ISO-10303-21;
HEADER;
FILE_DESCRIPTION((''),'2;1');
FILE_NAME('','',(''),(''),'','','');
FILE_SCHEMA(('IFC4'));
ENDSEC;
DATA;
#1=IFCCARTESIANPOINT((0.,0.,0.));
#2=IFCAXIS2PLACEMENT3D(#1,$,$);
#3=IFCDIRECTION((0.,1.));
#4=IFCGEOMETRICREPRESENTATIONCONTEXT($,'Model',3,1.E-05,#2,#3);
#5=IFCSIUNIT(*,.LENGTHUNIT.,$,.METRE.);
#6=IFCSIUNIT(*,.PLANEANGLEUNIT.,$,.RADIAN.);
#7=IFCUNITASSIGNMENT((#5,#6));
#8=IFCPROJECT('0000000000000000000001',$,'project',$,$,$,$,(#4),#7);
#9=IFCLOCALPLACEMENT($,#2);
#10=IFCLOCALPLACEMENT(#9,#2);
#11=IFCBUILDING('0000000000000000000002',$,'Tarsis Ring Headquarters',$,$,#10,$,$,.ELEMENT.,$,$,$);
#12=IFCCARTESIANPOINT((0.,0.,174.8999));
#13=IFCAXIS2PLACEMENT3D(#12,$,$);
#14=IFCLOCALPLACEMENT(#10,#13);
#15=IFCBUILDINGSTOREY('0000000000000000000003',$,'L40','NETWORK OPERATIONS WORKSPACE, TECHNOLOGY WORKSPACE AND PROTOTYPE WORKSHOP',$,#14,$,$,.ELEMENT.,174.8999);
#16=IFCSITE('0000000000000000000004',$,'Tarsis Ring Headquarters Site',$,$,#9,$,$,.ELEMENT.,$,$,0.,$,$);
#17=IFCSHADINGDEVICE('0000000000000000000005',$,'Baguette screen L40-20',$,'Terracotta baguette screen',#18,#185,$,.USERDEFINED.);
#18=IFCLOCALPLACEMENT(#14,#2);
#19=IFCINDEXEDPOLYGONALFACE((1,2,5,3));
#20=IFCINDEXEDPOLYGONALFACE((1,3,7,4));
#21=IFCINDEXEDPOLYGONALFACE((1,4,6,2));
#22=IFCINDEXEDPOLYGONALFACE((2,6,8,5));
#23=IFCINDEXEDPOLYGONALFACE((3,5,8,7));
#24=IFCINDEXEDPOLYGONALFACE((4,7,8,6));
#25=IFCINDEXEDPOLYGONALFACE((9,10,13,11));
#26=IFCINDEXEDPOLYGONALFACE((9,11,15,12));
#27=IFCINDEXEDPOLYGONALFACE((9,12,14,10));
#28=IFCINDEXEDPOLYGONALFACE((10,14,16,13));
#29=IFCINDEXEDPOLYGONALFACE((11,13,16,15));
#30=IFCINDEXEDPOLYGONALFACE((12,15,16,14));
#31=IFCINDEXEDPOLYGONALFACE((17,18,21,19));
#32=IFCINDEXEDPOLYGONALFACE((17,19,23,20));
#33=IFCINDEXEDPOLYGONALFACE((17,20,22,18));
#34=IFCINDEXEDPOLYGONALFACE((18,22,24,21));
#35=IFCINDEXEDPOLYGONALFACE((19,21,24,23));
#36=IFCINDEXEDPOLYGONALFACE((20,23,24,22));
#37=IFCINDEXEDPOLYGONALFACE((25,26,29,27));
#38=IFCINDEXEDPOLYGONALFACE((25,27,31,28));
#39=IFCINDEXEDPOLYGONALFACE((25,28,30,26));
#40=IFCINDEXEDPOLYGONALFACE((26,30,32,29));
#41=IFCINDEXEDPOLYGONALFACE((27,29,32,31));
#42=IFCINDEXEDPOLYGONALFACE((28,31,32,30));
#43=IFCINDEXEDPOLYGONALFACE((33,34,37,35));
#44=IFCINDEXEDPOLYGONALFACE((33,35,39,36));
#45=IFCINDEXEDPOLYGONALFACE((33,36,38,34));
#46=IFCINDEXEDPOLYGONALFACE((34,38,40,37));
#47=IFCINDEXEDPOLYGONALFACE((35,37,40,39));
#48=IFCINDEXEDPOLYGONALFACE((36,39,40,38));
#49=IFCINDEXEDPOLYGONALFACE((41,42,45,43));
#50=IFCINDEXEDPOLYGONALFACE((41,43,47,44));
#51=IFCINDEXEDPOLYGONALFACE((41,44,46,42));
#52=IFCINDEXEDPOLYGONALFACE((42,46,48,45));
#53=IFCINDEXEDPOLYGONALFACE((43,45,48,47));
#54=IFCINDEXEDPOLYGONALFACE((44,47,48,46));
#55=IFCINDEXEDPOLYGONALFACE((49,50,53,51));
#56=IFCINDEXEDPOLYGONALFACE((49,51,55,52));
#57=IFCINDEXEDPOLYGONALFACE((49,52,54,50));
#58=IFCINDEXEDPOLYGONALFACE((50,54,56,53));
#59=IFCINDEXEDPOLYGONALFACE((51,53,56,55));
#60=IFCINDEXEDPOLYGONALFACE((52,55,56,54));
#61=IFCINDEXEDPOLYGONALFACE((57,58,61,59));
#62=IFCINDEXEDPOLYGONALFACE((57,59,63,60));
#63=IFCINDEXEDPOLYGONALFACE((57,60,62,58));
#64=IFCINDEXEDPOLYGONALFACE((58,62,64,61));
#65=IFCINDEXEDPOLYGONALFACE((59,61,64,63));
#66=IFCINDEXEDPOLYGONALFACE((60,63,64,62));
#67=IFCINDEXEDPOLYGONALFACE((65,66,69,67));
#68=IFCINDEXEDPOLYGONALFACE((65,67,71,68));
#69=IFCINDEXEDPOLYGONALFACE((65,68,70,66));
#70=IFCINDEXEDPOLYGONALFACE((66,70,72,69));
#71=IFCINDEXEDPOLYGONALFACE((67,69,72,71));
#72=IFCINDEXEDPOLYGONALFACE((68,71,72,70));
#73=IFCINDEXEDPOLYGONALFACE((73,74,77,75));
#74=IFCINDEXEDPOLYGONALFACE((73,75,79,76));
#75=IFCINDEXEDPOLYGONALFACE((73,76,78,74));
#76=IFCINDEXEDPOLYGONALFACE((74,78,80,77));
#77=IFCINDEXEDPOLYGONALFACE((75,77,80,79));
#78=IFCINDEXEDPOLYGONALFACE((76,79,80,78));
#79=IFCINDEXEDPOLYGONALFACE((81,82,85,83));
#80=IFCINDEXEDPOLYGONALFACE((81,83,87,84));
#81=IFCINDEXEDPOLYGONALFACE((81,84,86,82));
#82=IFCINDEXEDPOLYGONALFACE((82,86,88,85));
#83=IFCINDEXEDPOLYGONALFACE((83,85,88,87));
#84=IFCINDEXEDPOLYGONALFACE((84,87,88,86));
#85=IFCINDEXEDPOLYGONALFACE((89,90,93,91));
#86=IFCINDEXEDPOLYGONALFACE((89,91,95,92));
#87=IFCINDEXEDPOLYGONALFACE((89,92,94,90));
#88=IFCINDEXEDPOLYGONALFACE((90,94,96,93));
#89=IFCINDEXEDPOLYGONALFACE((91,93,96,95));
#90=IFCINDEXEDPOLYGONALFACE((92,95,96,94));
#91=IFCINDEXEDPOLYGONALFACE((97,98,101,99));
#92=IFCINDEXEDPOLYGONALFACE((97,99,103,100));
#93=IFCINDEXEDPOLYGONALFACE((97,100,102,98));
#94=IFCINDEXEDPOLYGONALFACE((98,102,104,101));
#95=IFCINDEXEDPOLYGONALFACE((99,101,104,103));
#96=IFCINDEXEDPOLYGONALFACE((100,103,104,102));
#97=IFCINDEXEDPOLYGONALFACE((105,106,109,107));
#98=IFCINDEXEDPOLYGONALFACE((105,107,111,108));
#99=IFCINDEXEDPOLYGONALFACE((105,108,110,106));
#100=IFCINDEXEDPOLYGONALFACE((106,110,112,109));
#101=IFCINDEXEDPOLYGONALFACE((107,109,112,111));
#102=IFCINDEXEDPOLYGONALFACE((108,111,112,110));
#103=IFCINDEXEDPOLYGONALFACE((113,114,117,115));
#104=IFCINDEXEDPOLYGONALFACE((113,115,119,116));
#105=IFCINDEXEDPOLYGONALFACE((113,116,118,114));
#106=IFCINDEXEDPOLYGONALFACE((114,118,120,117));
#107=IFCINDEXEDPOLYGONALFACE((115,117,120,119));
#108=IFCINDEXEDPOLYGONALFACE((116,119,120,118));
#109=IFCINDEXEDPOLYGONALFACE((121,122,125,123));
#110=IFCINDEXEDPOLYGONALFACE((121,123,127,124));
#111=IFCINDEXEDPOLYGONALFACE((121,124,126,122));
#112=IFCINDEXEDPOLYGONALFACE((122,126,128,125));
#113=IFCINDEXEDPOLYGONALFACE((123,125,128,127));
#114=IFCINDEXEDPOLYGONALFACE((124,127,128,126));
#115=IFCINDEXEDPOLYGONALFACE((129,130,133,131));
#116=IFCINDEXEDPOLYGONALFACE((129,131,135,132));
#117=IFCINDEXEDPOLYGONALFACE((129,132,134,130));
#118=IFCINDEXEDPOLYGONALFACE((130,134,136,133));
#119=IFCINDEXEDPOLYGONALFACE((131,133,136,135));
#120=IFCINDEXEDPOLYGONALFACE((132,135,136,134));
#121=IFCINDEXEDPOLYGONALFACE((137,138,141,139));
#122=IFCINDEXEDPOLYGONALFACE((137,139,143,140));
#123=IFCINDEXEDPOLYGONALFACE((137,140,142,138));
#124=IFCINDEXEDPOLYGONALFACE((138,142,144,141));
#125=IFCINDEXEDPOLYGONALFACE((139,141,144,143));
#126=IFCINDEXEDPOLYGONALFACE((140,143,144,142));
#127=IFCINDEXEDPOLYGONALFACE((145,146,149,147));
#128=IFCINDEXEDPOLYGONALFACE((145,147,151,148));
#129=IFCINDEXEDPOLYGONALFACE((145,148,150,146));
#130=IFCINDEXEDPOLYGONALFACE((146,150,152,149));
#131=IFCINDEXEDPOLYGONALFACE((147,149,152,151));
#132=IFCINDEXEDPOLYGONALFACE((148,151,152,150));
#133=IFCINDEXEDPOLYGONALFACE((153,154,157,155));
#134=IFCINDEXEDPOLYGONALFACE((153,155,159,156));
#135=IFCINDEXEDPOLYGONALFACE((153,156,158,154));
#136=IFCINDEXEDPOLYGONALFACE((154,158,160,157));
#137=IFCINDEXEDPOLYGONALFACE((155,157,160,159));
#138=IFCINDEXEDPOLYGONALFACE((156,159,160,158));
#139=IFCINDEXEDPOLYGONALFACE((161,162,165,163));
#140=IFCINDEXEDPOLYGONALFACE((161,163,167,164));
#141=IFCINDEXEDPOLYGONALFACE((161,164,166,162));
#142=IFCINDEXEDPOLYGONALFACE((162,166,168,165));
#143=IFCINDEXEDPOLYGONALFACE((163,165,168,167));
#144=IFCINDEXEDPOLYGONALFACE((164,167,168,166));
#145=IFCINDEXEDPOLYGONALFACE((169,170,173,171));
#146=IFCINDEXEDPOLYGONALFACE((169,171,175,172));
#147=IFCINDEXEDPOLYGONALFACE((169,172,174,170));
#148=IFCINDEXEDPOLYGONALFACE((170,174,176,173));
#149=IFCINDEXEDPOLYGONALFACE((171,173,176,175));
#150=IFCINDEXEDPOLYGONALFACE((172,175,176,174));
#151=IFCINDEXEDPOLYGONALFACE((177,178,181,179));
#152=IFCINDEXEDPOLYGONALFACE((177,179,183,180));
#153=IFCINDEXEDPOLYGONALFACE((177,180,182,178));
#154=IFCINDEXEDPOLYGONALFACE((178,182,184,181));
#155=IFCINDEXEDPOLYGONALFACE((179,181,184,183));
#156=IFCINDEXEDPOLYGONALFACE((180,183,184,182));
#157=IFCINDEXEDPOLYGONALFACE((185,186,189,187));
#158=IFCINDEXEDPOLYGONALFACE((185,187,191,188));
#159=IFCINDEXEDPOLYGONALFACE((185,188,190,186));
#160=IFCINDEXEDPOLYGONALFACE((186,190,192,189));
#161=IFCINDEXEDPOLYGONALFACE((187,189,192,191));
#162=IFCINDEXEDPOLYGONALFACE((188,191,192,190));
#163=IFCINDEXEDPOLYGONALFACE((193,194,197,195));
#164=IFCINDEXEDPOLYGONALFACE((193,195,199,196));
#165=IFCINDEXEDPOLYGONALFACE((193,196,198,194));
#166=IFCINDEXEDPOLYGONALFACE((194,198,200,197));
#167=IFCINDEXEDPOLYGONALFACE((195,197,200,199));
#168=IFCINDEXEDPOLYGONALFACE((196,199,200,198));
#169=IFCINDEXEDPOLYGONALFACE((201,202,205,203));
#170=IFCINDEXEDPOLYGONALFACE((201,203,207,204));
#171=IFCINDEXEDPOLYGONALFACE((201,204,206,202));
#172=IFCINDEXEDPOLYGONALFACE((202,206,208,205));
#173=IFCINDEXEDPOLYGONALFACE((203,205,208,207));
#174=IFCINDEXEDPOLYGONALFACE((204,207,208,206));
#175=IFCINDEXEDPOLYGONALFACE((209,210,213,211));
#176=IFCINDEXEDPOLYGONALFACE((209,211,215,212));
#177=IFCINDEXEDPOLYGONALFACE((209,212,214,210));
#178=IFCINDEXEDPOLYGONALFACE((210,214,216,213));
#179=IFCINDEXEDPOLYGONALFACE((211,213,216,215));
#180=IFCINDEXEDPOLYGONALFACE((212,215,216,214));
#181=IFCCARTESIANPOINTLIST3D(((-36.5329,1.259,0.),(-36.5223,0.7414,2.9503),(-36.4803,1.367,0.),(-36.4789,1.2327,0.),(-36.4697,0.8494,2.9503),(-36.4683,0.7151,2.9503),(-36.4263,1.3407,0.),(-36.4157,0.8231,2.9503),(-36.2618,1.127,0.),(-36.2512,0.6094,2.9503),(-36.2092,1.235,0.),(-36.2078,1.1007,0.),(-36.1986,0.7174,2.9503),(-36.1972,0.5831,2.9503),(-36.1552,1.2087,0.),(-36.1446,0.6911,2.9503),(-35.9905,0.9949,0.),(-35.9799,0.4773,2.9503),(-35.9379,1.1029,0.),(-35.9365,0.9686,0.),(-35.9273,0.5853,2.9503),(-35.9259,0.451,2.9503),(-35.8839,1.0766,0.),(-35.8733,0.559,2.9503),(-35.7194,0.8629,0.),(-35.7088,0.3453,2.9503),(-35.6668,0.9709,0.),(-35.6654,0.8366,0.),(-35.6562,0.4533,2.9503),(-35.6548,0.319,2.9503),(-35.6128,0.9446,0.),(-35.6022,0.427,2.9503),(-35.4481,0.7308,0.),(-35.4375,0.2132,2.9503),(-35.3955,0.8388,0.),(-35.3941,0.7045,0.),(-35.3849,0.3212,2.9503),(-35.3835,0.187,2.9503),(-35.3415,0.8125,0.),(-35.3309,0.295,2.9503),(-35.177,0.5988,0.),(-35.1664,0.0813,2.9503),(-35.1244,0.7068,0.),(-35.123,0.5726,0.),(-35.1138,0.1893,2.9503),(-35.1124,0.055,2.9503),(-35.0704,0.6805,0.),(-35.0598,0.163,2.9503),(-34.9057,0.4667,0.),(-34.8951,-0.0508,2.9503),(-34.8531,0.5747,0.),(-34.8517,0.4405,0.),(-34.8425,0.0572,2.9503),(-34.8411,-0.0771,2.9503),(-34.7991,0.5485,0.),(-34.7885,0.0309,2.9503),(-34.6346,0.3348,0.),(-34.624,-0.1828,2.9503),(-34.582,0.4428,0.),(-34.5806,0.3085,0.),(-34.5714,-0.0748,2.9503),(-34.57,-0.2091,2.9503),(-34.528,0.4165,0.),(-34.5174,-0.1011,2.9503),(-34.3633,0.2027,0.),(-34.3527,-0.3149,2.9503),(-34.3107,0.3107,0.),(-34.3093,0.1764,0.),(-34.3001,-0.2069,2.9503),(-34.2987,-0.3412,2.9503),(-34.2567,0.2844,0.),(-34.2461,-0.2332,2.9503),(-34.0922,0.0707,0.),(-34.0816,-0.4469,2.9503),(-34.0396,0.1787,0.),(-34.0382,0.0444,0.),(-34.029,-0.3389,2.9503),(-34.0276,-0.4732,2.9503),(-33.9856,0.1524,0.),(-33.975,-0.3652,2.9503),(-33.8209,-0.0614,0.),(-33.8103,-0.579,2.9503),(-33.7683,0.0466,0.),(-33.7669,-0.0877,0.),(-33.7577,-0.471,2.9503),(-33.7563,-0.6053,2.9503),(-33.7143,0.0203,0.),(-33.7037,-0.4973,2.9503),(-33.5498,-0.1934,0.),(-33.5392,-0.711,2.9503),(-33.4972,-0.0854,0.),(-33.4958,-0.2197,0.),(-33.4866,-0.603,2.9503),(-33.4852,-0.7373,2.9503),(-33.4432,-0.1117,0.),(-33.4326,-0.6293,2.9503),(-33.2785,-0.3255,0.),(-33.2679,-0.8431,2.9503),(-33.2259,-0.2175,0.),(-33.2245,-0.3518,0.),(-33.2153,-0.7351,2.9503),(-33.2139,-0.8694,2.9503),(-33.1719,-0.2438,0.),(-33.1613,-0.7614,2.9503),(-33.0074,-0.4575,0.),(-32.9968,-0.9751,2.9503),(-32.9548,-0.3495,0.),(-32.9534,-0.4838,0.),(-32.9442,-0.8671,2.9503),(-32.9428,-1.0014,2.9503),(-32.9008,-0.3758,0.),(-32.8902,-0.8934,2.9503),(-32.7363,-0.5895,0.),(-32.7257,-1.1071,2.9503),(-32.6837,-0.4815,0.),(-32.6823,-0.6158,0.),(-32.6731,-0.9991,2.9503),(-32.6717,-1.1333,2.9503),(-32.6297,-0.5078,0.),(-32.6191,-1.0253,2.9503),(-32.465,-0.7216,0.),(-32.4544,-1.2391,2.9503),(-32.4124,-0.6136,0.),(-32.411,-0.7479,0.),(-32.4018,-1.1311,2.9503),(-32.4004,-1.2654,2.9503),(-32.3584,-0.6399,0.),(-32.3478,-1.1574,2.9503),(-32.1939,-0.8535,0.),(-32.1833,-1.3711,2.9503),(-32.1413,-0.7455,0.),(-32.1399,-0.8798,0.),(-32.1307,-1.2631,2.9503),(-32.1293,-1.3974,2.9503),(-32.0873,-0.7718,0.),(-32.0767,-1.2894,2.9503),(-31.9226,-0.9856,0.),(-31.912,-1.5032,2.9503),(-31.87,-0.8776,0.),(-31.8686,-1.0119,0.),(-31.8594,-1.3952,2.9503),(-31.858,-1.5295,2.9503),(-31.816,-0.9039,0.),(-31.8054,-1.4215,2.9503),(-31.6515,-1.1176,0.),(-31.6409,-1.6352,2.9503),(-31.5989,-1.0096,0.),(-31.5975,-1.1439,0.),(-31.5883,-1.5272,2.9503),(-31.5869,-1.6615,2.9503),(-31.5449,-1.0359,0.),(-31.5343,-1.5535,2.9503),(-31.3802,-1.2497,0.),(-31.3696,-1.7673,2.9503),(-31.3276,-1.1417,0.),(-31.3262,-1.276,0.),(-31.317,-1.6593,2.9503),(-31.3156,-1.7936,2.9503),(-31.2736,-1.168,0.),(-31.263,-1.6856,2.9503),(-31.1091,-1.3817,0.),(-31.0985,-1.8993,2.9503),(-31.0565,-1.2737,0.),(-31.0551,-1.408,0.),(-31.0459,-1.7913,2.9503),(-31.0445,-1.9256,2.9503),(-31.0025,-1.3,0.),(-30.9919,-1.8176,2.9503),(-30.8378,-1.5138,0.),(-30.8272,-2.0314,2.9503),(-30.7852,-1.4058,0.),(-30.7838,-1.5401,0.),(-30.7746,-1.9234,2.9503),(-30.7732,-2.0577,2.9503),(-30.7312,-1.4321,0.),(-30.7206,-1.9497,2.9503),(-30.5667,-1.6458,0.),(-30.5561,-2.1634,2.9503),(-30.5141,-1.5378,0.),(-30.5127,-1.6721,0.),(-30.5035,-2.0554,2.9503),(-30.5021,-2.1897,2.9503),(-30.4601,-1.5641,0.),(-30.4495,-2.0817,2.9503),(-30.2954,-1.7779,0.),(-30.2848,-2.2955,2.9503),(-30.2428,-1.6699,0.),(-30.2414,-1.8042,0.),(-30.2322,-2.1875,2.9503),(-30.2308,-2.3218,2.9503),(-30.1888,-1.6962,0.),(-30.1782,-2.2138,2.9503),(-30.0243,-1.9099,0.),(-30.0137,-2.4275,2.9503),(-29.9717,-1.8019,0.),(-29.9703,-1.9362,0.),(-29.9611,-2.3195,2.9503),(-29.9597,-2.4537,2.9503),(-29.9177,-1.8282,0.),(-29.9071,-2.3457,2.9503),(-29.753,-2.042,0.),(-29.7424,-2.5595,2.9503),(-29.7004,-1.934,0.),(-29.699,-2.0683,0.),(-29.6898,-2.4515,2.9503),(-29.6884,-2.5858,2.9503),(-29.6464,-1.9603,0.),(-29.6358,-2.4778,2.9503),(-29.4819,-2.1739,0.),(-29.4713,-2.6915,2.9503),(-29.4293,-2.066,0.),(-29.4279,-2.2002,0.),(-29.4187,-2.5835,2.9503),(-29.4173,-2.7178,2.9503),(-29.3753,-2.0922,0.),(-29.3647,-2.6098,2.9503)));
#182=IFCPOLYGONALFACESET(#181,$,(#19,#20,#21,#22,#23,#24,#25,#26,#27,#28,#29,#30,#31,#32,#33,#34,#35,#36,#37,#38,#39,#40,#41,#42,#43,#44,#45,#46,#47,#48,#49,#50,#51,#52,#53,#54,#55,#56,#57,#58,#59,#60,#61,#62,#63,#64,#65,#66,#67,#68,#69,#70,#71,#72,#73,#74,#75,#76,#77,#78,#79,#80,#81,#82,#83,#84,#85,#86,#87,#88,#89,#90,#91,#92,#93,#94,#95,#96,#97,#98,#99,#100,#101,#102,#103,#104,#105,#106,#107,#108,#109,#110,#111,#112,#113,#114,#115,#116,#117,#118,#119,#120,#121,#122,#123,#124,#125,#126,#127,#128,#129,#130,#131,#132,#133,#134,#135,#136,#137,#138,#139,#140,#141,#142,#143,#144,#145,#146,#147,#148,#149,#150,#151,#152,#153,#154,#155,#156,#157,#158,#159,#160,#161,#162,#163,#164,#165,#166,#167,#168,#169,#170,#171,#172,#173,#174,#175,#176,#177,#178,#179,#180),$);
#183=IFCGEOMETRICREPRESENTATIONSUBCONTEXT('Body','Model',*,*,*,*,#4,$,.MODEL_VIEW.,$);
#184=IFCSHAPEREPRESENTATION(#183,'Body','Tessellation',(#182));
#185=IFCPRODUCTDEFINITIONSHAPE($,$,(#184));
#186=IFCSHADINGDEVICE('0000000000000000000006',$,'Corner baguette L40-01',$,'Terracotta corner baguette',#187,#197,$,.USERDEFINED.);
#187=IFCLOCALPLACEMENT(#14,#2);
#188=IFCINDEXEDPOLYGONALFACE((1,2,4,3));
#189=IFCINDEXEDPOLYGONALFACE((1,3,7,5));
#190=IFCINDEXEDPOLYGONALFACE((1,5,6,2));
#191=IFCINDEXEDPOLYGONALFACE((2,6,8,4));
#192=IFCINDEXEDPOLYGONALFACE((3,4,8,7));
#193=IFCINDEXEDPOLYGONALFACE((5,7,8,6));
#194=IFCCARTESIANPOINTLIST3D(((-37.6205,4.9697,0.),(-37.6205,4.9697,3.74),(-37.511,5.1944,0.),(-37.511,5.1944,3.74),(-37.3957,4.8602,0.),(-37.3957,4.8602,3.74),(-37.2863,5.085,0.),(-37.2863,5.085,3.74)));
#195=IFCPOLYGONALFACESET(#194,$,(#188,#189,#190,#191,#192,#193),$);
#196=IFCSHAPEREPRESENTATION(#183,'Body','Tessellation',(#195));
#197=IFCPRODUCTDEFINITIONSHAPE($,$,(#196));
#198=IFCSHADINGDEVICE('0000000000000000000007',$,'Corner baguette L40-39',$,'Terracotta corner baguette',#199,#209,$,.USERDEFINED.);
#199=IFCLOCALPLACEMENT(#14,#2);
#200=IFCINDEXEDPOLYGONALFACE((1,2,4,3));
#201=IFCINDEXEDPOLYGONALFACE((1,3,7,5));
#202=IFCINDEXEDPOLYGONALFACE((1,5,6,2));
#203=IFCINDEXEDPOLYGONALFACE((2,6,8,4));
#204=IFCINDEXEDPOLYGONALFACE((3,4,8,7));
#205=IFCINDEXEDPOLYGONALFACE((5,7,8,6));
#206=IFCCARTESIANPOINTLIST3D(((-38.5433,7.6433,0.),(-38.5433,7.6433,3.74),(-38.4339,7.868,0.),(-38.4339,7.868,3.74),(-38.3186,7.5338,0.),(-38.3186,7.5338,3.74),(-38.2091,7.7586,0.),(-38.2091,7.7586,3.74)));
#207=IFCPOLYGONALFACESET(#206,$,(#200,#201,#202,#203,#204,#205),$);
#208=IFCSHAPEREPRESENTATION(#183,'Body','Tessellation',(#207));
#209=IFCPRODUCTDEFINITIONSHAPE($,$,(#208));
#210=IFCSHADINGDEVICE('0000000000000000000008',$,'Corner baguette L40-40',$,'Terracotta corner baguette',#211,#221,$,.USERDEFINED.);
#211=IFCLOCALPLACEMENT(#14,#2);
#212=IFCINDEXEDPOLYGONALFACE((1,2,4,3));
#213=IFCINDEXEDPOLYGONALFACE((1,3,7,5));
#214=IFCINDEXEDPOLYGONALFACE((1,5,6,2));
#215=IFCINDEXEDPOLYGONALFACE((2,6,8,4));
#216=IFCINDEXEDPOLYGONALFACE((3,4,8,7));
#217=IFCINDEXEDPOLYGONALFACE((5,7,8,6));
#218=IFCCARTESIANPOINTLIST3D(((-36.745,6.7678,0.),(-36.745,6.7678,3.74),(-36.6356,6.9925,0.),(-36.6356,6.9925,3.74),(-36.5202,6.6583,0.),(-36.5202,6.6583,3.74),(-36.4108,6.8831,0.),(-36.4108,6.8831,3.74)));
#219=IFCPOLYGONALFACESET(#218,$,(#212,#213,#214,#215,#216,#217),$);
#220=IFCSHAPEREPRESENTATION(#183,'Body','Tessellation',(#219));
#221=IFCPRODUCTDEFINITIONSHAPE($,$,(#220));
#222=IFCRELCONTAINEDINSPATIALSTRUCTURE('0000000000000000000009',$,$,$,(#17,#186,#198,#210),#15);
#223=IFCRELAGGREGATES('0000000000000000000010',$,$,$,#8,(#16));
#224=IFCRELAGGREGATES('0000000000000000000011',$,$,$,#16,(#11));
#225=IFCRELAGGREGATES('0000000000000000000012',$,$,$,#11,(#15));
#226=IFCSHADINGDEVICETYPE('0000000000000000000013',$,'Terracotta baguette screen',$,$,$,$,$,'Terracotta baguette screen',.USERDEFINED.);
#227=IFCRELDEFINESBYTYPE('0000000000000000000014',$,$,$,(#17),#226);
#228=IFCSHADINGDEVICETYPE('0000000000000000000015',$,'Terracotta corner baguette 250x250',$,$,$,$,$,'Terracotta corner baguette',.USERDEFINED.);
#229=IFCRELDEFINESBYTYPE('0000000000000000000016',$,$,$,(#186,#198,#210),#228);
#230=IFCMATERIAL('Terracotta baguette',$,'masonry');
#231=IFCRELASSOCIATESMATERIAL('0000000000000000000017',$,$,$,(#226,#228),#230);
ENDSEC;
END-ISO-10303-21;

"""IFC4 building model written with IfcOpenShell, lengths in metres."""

from ifc_helpers import new_model, si_unit, direction, frame, frame_2d, origin, origin_2d, place, context, subcontext, project, spatial, rectangle, composite_profile, extrude, material, type_object, element, save


model = new_model("IFC4")

# Units and contexts
model_context = context("Model", 3, precision=1e-05, world=origin(), true_north=direction((0.0, 1.0)))
body_context = subcontext(model_context, "Body", "Model", "MODEL_VIEW")
ifc_project = project(units=[si_unit("LENGTHUNIT", "METRE"), si_unit("PLANEANGLEUNIT", "RADIAN")], contexts=[model_context])

# Site, building, storey
site_placement = place(None, origin())
site = spatial("IfcSite", under=ifc_project, at=site_placement, Name="Tarsis Ring Headquarters Site", CompositionType="ELEMENT", RefElevation=0.0)
building_placement = place(site_placement, origin())
building = spatial("IfcBuilding", under=site, at=building_placement, Name="Tarsis Ring Headquarters", CompositionType="ELEMENT")
storey_placement = place(building_placement, frame((0.0, 0.0, 174.8999)))
storey = spatial("IfcBuildingStorey", under=building, at=storey_placement, Name="L40", Description="NETWORK OPERATIONS WORKSPACE, TECHNOLOGY WORKSPACE AND PROTOTYPE WORKSHOP", CompositionType="ELEMENT", Elevation=174.8999)

# Shading devices
ifc_material_1 = material(Name="Terracotta baguette", Category="masonry")
shading_device_type_1 = type_object("IfcShadingDeviceType", Name="Terracotta baguette screen", ElementType="Terracotta baguette screen", PredefinedType="USERDEFINED", material=ifc_material_1)
shading_device_1_placement = place(storey_placement, frame((-36.5066, 1.313, 0.0), z_axis=(0.0, 0.0, 1.0), x_axis=(0.899098, -0.437747, 0.0)))
element("IfcShadingDevice", 1, at=shading_device_1_placement, inside=storey, type_object=shading_device_type_1, Name="Baguette screen L40-20", ObjectType="Terracotta baguette screen", PredefinedType="USERDEFINED", context=body_context, shape_type="SweptSolid", body=[
    extrude(composite_profile([rectangle(XDim=0.0601, YDim=0.1201, at=frame_2d((0.03, 0.0))), rectangle(XDim=0.0601, YDim=0.1201, at=frame_2d((0.3315, 0.0))), rectangle(XDim=0.0601, YDim=0.1201, at=frame_2d((0.6333, 0.0))), rectangle(XDim=0.0601, YDim=0.1201, at=frame_2d((0.9348, 0.0))), rectangle(XDim=0.0601, YDim=0.1201, at=frame_2d((1.2366, 0.0))), rectangle(XDim=0.0601, YDim=0.1201, at=frame_2d((1.5381, 0.0))), rectangle(XDim=0.0601, YDim=0.1201, at=frame_2d((1.8398, 0.0))), rectangle(XDim=0.0601, YDim=0.1201, at=frame_2d((2.1414, 0.0))), rectangle(XDim=0.0601, YDim=0.1201, at=frame_2d((2.4431, 0.0))), rectangle(XDim=0.0601, YDim=0.1201, at=frame_2d((2.7446, 0.0))), rectangle(XDim=0.0601, YDim=0.1201, at=frame_2d((3.0464, 0.0))), rectangle(XDim=0.0601, YDim=0.1201, at=frame_2d((3.3479, 0.0))), rectangle(XDim=0.0601, YDim=0.1201, at=frame_2d((3.6497, 0.0))), rectangle(XDim=0.0601, YDim=0.1201, at=frame_2d((3.9512, 0.0))), rectangle(XDim=0.0601, YDim=0.1201, at=frame_2d((4.2527, 0.0))), rectangle(XDim=0.0601, YDim=0.1201, at=frame_2d((4.5544, 0.0))), rectangle(XDim=0.0601, YDim=0.1201, at=frame_2d((4.856, 0.0))), rectangle(XDim=0.0601, YDim=0.1201, at=frame_2d((5.1577, 0.0))), rectangle(XDim=0.0601, YDim=0.1201, at=frame_2d((5.4592, 0.0))), rectangle(XDim=0.0601, YDim=0.1201, at=frame_2d((5.761, 0.0))), rectangle(XDim=0.0601, YDim=0.1201, at=frame_2d((6.0625, 0.0))), rectangle(XDim=0.0601, YDim=0.1201, at=frame_2d((6.3643, 0.0))), rectangle(XDim=0.0601, YDim=0.1201, at=frame_2d((6.6658, 0.0))), rectangle(XDim=0.0601, YDim=0.1201, at=frame_2d((6.9675, 0.0))), rectangle(XDim=0.0601, YDim=0.1201, at=frame_2d((7.269, 0.0))), rectangle(XDim=0.0601, YDim=0.1201, at=frame_2d((7.5708, 0.0))), rectangle(XDim=0.0601, YDim=0.1201, at=frame_2d((7.8723, 0.0)))]), origin(), (0.078825, -0.15381, 0.984951), 2.9954),
])
shading_device_type_2 = type_object("IfcShadingDeviceType", Name="Terracotta corner baguette 250x250", ElementType="Terracotta corner baguette", PredefinedType="USERDEFINED", material=ifc_material_1)
for number, where, z_axis, x_axis, name in (
    (2, (-37.4534, 5.0273, 0.0), (0.0, 0.0, 1.0), (-0.437744, -0.8991, 0.0), "Corner baguette L40-01"),
    (3, (-38.3762, 7.7009, 0.0), (0.0, 0.0, 1.0), (-0.437744, -0.8991, 0.0), "Corner baguette L40-39"),
    (4, (-36.5779, 6.8254, 0.0), (0.0, 0.0, 1.0), (0.8991, -0.437744, 0.0), "Corner baguette L40-40"),
):
    element("IfcShadingDevice", number, at=place(storey_placement, frame(where, z_axis=z_axis, x_axis=x_axis)), inside=storey, type_object=shading_device_type_2, Name=name, ObjectType="Terracotta corner baguette", PredefinedType="USERDEFINED", context=body_context, shape_type="SweptSolid", body=[
        extrude(rectangle(XDim=0.25, YDim=0.25, at=origin_2d()), origin(), (0.0, 0.0, 1.0), 3.74),
    ])

save(model, "model.ifc")
